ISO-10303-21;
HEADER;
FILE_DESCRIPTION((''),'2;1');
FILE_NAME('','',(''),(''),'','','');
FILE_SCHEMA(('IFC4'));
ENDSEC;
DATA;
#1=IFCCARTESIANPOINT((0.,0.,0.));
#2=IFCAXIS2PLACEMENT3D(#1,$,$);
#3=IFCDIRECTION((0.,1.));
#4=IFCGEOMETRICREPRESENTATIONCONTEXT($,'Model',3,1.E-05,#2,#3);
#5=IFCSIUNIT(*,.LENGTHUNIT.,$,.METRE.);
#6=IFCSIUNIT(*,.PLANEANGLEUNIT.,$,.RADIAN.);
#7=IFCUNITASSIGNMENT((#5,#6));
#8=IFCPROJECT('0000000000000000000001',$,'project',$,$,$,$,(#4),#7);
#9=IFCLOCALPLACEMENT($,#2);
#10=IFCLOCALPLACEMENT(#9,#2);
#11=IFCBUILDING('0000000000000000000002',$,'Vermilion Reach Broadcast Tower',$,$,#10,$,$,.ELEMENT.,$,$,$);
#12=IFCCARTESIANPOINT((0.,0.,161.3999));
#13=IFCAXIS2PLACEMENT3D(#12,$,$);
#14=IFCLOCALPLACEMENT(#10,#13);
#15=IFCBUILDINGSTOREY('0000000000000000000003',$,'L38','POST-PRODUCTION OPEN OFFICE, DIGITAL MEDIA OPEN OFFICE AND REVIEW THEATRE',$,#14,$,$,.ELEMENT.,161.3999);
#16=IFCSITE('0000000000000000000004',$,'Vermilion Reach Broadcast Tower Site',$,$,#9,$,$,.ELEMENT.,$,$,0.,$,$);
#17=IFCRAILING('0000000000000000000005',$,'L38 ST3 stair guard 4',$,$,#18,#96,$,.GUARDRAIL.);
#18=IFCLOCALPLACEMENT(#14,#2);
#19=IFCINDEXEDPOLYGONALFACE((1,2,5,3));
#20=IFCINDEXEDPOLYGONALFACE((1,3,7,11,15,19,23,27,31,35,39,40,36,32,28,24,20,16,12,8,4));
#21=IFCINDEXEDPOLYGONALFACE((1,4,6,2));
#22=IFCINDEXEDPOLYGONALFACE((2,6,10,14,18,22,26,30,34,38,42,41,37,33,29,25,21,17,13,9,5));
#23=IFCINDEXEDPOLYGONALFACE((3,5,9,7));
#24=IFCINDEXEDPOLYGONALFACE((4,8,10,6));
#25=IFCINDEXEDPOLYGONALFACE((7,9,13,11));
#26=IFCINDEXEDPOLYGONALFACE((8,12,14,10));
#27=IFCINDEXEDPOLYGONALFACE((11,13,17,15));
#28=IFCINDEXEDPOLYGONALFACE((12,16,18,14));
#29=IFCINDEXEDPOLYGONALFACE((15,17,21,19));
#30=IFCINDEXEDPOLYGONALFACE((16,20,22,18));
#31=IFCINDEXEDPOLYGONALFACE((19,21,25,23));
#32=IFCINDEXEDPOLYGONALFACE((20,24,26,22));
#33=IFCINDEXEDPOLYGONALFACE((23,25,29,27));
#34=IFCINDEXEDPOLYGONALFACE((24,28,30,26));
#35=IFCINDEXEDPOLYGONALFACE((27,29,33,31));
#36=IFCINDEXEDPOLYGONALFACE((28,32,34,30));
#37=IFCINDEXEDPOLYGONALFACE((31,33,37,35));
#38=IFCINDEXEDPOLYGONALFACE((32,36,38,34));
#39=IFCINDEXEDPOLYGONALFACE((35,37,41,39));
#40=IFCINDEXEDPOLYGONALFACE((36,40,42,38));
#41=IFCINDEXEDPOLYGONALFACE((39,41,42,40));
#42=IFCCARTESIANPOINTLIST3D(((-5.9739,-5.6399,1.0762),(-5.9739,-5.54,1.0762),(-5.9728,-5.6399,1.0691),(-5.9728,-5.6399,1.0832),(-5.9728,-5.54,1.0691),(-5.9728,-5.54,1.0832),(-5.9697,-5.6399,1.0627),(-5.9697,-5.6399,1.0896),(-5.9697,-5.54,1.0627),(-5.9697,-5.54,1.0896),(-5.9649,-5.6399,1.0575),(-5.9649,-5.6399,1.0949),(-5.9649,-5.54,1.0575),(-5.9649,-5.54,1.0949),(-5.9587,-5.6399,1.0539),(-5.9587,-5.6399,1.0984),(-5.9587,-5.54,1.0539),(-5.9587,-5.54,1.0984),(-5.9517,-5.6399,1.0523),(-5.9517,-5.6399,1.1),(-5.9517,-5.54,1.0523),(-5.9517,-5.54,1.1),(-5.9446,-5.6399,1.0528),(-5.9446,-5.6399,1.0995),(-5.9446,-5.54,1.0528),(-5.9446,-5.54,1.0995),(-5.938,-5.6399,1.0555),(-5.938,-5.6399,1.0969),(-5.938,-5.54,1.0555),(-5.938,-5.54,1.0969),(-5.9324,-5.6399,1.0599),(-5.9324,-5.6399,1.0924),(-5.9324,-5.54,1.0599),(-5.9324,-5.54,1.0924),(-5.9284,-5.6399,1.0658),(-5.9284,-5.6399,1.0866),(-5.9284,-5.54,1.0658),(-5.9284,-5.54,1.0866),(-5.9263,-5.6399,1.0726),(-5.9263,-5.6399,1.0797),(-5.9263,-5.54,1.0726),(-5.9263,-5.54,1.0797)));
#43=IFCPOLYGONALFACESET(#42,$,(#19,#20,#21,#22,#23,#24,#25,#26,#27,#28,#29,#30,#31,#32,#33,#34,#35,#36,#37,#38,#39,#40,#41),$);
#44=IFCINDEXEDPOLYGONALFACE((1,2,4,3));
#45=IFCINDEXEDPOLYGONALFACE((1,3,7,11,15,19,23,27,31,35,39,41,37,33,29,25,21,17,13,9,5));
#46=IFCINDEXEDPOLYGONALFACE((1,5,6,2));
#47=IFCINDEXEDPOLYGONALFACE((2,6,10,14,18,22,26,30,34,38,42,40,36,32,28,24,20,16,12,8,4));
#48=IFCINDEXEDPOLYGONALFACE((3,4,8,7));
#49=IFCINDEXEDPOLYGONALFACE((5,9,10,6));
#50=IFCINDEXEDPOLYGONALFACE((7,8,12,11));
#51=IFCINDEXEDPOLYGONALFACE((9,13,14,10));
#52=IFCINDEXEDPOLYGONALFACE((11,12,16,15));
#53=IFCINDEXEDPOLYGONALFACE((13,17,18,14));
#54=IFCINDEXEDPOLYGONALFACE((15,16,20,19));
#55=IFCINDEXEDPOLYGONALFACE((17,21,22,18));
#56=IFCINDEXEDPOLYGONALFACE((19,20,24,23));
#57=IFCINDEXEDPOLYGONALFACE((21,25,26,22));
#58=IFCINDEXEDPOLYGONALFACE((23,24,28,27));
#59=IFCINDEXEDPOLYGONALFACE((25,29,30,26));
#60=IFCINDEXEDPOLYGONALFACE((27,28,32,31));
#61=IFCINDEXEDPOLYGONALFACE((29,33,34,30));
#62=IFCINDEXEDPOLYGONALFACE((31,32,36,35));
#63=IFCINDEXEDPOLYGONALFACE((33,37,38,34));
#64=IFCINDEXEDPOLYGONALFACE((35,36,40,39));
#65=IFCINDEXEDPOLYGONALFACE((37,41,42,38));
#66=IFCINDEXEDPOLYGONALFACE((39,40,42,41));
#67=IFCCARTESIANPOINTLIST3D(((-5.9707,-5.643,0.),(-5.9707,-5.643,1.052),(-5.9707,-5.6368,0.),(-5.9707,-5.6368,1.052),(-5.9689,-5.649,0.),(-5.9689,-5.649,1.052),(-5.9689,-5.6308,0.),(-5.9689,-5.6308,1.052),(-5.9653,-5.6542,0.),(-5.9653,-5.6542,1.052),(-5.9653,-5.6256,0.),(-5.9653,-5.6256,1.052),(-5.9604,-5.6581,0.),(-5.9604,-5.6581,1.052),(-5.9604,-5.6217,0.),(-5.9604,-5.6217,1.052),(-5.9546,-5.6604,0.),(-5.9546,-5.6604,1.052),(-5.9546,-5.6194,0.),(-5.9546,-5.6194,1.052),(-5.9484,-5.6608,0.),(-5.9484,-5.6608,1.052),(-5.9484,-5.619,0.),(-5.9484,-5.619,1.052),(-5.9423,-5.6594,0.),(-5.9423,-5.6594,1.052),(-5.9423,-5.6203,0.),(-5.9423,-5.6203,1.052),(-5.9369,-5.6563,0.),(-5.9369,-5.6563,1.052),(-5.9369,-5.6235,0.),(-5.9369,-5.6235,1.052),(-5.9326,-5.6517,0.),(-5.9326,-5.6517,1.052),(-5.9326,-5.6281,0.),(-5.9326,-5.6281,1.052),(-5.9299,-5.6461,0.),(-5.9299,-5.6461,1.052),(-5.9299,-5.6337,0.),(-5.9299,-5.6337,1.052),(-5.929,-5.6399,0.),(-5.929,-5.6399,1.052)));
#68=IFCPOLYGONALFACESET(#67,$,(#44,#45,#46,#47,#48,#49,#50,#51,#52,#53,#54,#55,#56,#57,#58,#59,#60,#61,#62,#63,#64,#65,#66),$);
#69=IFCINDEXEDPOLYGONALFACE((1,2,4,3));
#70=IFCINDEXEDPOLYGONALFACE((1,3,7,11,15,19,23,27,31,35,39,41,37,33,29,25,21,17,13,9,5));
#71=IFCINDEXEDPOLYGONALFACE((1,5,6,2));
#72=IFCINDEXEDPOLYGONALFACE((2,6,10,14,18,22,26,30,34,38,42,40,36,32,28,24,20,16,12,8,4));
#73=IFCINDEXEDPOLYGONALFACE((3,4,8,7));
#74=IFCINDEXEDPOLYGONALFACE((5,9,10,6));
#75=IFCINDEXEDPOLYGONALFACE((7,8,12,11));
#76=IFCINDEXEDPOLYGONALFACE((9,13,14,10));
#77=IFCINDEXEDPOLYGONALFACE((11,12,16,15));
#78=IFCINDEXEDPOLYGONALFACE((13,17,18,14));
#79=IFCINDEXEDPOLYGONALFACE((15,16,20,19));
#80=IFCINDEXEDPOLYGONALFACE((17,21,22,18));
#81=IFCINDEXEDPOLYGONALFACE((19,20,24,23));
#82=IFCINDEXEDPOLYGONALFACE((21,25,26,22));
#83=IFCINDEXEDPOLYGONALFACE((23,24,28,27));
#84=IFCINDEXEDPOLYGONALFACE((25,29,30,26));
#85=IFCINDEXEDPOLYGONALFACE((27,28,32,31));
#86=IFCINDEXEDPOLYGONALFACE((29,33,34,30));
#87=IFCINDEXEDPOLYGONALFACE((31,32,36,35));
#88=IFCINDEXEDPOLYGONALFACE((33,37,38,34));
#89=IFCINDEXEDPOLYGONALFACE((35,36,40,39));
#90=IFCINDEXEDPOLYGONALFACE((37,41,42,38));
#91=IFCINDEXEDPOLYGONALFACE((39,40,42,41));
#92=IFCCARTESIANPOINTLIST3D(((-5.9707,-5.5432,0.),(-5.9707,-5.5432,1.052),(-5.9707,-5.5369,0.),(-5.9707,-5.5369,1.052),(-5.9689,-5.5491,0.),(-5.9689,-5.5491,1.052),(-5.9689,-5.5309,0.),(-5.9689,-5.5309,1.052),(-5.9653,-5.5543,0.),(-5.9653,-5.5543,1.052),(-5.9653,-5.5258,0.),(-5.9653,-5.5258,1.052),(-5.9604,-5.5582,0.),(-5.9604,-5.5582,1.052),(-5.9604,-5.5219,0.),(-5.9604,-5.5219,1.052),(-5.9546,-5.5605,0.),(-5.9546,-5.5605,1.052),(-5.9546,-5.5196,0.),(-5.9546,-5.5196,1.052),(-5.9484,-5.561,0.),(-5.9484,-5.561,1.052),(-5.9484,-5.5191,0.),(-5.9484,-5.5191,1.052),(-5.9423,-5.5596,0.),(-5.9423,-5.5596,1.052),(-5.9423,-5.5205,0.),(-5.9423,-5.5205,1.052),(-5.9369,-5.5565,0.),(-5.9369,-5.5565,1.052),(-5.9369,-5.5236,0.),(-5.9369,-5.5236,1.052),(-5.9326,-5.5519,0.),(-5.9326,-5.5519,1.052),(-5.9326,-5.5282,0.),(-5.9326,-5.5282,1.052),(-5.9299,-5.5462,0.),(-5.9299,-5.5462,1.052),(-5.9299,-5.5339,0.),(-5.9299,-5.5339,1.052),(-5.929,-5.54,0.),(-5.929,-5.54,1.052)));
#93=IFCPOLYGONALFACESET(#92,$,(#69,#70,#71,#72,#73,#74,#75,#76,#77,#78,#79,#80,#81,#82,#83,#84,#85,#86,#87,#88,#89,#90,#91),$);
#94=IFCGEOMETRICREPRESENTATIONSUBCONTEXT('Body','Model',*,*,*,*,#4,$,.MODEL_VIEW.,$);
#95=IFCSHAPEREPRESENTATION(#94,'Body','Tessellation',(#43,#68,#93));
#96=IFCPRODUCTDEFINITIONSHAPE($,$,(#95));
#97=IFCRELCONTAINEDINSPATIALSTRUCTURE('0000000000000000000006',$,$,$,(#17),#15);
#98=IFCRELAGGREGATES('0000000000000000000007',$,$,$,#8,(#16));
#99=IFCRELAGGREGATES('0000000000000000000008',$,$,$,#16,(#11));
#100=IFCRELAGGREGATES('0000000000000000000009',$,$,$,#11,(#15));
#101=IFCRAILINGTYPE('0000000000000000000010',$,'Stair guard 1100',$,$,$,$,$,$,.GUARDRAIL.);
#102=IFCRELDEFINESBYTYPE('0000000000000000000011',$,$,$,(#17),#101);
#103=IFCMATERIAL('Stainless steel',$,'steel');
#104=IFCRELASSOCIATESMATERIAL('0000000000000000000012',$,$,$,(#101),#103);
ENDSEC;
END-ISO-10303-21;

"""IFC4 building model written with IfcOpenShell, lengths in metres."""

from ifc_helpers import new_model, si_unit, direction, frame, origin, origin_2d, place, context, subcontext, project, spatial, circle, extrude, material, type_object, element, save


model = new_model("IFC4")

# Units and contexts
model_context = context("Model", 3, precision=1e-05, world=origin(), true_north=direction((0.0, 1.0)))
body_context = subcontext(model_context, "Body", "Model", "MODEL_VIEW")
ifc_project = project(units=[si_unit("LENGTHUNIT", "METRE"), si_unit("PLANEANGLEUNIT", "RADIAN")], contexts=[model_context])

# Site, building, storey
site_placement = place(None, origin())
site = spatial("IfcSite", under=ifc_project, at=site_placement, Name="Vermilion Reach Broadcast Tower Site", CompositionType="ELEMENT", RefElevation=0.0)
building_placement = place(site_placement, origin())
building = spatial("IfcBuilding", under=site, at=building_placement, Name="Vermilion Reach Broadcast Tower", CompositionType="ELEMENT")
storey_placement = place(building_placement, frame((0.0, 0.0, 161.3999)))
storey = spatial("IfcBuildingStorey", under=building, at=storey_placement, Name="L38", Description="POST-PRODUCTION OPEN OFFICE, DIGITAL MEDIA OPEN OFFICE AND REVIEW THEATRE", CompositionType="ELEMENT", Elevation=161.3999)

# Railing
ifc_material_1 = material(Name="Stainless steel", Category="steel")
railing_type_1 = type_object("IfcRailingType", Name="Stair guard 1100", PredefinedType="GUARDRAIL", material=ifc_material_1)
railing_1_placement = place(storey_placement, frame((-5.95, -5.6399, 0.0)))
element("IfcRailing", 1, at=railing_1_placement, inside=storey, type_object=railing_type_1, Name="L38 ST3 stair guard 4", PredefinedType="GUARDRAIL", context=body_context, shape_type="SweptSolid", body=[
    extrude(circle(Radius=0.0239, at=origin_2d()), frame((0.0, 0.0, 1.0762), z_axis=(0.0, 1.0, 0.0), x_axis=(-1.0, 0.0, 0.0)), (0.0, 0.0, 1.0), 0.0999),
    extrude(circle(Radius=0.021, at=origin_2d()), origin(), (0.0, 0.0, 1.0), 1.052),
    extrude(circle(Radius=0.021, at=origin_2d()), frame((0.0, 0.0999, 0.0)), (0.0, 0.0, 1.0), 1.052),
])

save(model, "model.ifc")
